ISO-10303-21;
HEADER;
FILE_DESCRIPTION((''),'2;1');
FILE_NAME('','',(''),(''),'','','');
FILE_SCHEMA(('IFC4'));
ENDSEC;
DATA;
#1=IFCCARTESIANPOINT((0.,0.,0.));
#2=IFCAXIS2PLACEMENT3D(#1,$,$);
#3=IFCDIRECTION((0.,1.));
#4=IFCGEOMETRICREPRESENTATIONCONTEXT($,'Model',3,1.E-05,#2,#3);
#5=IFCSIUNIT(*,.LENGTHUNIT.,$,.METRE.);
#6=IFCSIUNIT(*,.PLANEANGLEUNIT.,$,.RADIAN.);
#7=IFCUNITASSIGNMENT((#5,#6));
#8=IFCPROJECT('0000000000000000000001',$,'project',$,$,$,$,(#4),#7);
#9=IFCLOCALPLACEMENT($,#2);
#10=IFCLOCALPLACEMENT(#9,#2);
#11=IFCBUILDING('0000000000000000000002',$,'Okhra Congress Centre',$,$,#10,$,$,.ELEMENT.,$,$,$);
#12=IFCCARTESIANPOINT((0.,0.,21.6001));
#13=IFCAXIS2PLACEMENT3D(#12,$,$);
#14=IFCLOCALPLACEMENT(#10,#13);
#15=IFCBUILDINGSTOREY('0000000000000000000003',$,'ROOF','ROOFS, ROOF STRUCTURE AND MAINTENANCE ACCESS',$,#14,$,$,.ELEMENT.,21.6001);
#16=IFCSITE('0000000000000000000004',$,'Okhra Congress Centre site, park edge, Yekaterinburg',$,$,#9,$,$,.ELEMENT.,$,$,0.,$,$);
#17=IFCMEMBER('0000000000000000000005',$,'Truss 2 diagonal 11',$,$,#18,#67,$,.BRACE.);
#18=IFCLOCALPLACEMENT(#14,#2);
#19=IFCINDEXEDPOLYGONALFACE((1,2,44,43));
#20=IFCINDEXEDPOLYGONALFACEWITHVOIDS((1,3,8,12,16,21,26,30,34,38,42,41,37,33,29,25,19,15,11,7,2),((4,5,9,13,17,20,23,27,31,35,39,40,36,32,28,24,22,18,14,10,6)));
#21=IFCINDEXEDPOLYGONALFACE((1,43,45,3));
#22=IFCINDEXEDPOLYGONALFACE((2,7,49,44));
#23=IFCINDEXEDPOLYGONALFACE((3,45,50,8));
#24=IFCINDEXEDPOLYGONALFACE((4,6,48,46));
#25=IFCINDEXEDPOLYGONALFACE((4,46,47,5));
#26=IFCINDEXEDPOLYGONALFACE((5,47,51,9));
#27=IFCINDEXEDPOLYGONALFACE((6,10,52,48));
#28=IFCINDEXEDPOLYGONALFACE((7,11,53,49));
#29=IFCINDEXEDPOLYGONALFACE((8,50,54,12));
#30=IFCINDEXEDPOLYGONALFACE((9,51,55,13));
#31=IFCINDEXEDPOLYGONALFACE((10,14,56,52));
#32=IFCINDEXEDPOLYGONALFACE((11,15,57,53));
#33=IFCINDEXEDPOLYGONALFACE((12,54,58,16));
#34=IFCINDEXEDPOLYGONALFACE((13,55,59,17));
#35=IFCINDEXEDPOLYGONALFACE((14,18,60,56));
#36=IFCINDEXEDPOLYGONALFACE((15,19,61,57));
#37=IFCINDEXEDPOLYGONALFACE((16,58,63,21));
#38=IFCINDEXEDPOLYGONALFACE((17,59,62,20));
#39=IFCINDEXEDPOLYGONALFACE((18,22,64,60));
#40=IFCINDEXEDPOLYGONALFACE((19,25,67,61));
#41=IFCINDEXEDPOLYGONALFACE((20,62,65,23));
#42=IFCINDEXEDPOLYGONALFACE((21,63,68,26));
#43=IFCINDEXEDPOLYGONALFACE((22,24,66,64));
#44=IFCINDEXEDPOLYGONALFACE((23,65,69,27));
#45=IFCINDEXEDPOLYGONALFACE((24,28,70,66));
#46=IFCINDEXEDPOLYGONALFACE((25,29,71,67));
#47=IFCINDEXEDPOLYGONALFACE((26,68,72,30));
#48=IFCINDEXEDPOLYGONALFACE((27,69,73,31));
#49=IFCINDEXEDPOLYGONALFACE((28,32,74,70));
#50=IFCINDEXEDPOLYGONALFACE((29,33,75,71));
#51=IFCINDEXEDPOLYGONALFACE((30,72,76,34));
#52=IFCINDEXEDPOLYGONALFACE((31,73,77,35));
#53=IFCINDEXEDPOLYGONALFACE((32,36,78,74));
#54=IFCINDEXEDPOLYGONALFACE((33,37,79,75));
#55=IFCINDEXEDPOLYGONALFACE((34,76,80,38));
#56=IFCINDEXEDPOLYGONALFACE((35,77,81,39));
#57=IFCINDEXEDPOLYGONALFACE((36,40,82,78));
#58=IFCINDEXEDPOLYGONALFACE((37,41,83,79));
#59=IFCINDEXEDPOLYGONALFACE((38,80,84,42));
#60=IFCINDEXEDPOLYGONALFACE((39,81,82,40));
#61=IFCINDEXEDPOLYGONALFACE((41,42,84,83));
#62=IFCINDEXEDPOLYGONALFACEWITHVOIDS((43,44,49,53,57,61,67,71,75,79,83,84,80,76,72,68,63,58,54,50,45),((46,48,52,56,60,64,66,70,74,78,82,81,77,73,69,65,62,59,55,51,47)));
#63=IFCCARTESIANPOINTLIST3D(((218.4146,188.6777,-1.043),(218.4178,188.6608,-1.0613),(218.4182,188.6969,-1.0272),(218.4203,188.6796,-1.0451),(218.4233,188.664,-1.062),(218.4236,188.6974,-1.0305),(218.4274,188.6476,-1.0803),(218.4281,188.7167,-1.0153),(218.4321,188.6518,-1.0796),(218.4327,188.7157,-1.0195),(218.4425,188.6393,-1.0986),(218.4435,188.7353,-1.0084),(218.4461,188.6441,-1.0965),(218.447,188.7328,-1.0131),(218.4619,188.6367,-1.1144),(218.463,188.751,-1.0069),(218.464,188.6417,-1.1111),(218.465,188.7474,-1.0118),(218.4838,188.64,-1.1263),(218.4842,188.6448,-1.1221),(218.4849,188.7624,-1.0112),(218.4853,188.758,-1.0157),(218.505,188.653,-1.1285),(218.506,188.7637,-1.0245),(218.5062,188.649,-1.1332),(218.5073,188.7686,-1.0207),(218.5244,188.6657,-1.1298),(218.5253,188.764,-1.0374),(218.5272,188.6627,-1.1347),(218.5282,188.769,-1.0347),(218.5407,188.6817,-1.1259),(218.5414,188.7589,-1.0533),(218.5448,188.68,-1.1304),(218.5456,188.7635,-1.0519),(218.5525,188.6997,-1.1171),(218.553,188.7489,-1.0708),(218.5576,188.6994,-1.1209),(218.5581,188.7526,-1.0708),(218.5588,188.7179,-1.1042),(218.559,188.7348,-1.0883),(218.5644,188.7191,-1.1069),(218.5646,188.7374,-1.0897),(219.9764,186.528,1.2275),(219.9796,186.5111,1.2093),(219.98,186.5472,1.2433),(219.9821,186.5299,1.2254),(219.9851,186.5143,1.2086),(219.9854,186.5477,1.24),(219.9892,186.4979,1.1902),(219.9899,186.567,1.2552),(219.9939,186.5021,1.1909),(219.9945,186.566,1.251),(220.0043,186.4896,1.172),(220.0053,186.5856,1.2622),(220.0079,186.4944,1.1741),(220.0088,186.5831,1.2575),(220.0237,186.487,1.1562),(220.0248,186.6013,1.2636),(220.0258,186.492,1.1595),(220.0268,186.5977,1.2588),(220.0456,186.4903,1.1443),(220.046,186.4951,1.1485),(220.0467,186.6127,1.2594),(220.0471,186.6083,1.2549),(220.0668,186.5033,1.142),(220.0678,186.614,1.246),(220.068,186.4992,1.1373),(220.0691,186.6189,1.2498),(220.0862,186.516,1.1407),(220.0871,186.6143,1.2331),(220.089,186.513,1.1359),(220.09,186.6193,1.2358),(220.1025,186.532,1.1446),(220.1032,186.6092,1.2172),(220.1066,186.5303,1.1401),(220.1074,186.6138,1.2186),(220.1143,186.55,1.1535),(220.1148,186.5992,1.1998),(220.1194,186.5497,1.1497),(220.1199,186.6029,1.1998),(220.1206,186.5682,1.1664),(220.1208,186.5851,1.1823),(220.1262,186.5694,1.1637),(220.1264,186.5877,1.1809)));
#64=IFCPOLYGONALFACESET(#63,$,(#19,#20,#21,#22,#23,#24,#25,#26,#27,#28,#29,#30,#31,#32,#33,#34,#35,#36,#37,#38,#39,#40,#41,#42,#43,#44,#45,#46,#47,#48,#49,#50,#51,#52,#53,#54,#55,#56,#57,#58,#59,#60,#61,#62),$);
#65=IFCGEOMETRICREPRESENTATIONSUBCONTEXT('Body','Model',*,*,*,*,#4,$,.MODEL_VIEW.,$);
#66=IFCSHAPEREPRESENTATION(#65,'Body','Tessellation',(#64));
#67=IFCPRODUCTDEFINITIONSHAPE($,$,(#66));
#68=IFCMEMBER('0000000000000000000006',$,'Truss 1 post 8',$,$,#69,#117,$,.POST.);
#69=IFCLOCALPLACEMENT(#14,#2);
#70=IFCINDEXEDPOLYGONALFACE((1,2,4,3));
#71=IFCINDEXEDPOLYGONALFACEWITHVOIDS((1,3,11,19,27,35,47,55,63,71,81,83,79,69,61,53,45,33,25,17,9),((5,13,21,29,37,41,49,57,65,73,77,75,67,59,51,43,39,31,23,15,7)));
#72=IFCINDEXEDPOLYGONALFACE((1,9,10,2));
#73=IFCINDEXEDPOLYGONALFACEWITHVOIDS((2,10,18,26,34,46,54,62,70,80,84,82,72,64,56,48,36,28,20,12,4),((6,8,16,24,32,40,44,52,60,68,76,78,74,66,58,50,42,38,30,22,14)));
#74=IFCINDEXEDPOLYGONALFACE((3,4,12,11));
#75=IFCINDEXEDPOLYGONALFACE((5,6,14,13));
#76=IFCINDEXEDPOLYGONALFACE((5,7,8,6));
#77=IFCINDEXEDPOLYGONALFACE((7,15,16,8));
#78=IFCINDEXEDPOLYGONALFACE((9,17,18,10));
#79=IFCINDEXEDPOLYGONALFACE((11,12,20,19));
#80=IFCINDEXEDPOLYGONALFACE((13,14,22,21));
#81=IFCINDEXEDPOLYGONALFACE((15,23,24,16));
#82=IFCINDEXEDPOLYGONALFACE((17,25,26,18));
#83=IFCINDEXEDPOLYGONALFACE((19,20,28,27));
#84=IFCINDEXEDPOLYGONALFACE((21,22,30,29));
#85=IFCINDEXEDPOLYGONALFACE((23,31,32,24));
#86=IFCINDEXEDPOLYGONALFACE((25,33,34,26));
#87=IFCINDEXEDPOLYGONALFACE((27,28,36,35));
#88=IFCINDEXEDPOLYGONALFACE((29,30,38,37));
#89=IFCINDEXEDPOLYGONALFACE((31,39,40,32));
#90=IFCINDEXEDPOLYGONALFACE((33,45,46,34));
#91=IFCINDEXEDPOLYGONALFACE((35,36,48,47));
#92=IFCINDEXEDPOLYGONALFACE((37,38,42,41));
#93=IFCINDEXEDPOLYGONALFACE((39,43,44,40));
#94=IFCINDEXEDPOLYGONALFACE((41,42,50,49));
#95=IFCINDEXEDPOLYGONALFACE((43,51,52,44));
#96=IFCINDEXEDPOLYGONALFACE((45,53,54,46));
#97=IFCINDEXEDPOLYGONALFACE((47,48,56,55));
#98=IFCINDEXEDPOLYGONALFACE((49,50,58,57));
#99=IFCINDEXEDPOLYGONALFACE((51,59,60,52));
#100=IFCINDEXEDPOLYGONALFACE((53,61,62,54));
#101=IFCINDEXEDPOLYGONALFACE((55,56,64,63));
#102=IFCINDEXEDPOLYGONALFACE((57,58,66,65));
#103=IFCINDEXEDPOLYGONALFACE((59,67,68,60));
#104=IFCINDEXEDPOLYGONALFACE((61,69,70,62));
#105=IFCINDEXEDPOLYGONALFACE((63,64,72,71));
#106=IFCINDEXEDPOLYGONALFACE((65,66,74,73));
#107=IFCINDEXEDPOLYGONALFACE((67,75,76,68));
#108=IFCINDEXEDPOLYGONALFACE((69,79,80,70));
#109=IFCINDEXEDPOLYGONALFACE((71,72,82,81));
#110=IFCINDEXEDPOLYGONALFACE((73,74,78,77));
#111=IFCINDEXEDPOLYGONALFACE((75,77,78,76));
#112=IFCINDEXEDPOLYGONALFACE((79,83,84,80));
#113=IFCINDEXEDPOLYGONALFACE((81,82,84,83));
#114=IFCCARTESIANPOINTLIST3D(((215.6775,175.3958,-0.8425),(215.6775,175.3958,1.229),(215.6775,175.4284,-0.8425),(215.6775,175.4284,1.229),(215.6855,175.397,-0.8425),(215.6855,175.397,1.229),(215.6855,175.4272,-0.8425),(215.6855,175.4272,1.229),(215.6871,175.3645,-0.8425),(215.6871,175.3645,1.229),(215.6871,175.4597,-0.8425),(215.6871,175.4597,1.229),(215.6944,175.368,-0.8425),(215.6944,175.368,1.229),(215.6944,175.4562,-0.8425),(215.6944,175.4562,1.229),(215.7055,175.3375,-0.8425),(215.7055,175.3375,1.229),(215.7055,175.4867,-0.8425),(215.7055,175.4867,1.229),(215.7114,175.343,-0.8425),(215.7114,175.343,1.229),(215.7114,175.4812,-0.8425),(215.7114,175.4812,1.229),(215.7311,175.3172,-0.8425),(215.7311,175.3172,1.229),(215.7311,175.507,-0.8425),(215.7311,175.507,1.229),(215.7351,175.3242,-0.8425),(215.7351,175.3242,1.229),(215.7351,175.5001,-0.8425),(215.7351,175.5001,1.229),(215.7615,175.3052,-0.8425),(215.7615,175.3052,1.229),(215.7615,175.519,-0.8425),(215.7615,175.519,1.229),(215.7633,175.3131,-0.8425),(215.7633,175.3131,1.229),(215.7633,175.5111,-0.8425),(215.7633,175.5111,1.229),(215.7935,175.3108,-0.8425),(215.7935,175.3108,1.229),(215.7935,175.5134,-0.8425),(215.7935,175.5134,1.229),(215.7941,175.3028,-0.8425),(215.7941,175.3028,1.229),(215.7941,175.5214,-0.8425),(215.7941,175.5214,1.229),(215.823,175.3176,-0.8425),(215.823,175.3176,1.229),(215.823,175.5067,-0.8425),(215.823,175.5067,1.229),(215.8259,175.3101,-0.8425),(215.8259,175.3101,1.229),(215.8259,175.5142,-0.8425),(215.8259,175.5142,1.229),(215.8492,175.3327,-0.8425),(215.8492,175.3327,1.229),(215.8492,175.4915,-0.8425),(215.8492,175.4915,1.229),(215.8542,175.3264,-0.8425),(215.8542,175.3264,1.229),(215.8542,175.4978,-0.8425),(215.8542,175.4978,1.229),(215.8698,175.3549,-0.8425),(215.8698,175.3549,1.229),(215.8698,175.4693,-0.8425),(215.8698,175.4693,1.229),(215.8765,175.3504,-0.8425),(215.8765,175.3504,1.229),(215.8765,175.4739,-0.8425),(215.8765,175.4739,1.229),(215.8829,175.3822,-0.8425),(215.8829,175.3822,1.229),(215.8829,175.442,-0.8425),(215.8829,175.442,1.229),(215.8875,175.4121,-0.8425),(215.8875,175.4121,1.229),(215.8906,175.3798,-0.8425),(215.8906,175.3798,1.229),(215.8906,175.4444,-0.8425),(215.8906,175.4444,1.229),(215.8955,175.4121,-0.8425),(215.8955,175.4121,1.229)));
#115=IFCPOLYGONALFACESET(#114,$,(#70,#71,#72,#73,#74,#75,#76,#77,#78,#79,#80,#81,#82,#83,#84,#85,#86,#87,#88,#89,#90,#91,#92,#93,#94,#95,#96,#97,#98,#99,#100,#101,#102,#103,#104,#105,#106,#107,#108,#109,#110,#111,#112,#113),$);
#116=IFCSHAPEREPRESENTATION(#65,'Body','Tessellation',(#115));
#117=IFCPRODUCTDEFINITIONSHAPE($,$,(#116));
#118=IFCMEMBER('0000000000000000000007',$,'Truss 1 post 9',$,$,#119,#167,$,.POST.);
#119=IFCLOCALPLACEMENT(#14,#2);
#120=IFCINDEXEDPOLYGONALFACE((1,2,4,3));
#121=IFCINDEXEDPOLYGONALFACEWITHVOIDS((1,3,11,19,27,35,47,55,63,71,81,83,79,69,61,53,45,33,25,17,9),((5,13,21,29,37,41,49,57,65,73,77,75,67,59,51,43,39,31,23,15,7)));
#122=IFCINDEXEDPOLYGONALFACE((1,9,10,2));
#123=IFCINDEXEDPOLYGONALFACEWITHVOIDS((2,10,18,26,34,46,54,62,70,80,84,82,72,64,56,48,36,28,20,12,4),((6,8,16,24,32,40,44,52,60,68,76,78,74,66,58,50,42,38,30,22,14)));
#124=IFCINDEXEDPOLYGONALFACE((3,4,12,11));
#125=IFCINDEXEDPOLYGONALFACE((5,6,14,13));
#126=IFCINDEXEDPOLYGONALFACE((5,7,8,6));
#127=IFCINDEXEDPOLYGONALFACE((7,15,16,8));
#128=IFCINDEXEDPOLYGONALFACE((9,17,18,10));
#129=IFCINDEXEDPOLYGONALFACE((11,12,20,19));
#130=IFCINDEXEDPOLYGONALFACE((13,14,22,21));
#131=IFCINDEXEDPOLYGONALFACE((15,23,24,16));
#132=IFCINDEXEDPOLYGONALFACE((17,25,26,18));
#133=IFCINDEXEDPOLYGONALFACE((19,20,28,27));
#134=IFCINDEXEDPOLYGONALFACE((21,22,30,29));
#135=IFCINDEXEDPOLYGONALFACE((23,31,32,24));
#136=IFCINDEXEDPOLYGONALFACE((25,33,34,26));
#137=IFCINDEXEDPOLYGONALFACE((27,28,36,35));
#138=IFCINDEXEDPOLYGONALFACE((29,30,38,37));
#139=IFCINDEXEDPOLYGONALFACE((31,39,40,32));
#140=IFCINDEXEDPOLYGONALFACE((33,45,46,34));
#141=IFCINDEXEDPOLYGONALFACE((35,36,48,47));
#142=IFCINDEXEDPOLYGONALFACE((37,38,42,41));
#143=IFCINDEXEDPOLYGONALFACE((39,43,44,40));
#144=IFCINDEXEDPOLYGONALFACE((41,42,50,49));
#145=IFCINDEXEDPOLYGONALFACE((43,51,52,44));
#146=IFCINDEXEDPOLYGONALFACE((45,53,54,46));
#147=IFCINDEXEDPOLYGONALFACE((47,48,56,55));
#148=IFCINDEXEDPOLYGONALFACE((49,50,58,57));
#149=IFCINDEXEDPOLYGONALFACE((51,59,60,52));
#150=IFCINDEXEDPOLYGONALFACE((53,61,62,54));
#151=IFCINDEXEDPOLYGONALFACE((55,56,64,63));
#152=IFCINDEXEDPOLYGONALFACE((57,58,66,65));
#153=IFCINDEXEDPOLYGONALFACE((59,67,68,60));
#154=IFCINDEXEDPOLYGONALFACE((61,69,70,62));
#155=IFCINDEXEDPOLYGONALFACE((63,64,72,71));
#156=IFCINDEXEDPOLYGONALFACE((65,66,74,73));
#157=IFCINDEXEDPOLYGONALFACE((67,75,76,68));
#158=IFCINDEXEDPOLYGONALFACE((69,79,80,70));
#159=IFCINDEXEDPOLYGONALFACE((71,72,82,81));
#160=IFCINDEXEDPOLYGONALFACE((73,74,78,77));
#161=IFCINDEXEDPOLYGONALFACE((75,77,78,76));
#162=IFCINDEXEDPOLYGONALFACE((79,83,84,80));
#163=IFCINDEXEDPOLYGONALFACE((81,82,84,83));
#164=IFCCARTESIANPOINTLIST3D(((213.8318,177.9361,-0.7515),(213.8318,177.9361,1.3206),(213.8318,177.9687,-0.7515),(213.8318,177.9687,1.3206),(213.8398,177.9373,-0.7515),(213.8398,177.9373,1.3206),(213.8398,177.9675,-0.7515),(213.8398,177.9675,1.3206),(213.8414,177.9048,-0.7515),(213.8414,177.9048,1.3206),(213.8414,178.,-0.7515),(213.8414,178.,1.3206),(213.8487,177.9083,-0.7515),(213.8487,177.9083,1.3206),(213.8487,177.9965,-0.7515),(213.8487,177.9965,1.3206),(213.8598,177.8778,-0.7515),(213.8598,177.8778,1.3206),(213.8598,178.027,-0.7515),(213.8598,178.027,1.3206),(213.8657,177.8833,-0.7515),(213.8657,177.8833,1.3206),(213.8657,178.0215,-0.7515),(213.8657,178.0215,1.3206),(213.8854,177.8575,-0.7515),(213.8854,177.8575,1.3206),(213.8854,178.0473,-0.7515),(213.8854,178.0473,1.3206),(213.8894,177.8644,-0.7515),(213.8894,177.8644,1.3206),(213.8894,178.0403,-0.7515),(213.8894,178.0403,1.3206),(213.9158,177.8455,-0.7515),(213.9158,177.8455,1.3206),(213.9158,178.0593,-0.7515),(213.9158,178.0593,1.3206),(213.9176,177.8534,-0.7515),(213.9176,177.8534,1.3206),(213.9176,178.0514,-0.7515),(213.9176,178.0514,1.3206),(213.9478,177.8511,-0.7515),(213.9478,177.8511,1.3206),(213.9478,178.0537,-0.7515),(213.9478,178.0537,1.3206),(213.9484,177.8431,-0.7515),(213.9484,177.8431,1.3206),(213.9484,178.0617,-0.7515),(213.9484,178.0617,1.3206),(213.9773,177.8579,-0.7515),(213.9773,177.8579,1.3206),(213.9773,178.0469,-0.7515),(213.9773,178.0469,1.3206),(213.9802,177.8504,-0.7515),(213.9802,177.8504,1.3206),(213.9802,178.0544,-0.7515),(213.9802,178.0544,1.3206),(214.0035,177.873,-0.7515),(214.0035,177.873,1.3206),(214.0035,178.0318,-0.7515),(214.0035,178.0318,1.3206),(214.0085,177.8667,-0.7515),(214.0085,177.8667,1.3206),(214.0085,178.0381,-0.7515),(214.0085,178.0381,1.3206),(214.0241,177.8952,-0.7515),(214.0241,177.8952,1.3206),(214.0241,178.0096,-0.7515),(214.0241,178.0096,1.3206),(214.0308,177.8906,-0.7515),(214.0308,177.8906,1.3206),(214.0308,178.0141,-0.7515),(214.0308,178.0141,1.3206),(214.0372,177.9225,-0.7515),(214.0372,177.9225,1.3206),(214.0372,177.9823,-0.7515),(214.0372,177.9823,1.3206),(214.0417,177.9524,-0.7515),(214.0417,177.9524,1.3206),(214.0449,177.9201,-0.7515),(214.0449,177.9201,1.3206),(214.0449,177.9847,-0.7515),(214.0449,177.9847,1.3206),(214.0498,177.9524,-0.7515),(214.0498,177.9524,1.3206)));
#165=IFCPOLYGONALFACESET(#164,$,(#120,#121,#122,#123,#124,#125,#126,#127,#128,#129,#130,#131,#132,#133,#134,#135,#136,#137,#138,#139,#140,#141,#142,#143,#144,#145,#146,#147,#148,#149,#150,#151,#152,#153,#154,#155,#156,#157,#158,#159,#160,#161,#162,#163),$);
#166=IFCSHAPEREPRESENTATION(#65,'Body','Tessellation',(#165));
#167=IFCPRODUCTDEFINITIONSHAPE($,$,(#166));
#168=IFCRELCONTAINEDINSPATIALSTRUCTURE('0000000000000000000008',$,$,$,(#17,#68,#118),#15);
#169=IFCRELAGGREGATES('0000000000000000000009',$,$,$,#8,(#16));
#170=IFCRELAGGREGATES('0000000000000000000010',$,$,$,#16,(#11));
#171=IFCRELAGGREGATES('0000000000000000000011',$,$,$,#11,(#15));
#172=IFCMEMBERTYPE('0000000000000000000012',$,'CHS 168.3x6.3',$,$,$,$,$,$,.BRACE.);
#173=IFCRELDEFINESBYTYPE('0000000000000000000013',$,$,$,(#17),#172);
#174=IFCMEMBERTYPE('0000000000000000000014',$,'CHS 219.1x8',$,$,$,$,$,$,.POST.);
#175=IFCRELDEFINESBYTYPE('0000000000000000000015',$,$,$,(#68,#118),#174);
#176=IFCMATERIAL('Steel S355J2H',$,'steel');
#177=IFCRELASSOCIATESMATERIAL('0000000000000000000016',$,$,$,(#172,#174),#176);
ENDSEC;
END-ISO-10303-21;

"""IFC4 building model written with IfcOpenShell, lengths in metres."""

from ifc_helpers import new_model, si_unit, direction, frame, origin, origin_2d, place, context, subcontext, project, spatial, hollow_circle, extrude, material, material_profile, profile_set, type_object, element, save


model = new_model("IFC4")

# Units and contexts
model_context = context("Model", 3, precision=1e-05, world=origin(), true_north=direction((0.0, 1.0)))
body_context = subcontext(model_context, "Body", "Model", "MODEL_VIEW")
ifc_project = project(units=[si_unit("LENGTHUNIT", "METRE"), si_unit("PLANEANGLEUNIT", "RADIAN")], contexts=[model_context])

# Site, building, storey
site_placement = place(None, origin())
site = spatial("IfcSite", under=ifc_project, at=site_placement, Name="Okhra Congress Centre site, park edge, Yekaterinburg", CompositionType="ELEMENT", RefElevation=0.0)
building_placement = place(site_placement, origin())
building = spatial("IfcBuilding", under=site, at=building_placement, Name="Okhra Congress Centre", CompositionType="ELEMENT")
storey_placement = place(building_placement, frame((0.0, 0.0, 21.6001)))
storey = spatial("IfcBuildingStorey", under=building, at=storey_placement, Name="ROOF", Description="ROOFS, ROOF STRUCTURE AND MAINTENANCE ACCESS", CompositionType="ELEMENT", Elevation=21.6001)

# Members
ifc_material_1 = material(Name="Steel S355J2H", Category="steel")
ifc_material_profile_1 = material_profile(ifc_material_1, hollow_circle(Radius=0.0842, WallThickness=0.0063, at=origin_2d()), Name="CHS 168.3x6.3")
ifc_profile_set_1 = profile_set([ifc_material_profile_1], Name="Steel S355J2H")
member_type_1 = type_object("IfcMemberType", Name="CHS 168.3x6.3", PredefinedType="BRACE", material=ifc_profile_set_1)
member_1_placement = place(storey_placement, frame((218.49, 188.7031, -1.0708), z_axis=(0.446852, -0.615058, 0.649636), x_axis=(0.809026, 0.587773, 0.0)))
element("IfcMember", 1, at=member_1_placement, inside=storey, type_object=member_type_1, Name="Truss 2 diagonal 11", PredefinedType="BRACE", context=body_context, shape_type="SweptSolid", body=[
    extrude(hollow_circle(Radius=0.0842, WallThickness=0.0063, at=origin_2d()), origin(), (0.0, 0.0, 1.0), 3.4951),
])
ifc_material_profile_2 = material_profile(ifc_material_1, hollow_circle(Radius=0.1096, WallThickness=0.0081, at=origin_2d()), Name="CHS 219.1x8")
ifc_profile_set_2 = profile_set([ifc_material_profile_2], Name="Steel S355J2H")
member_type_2 = type_object("IfcMemberType", Name="CHS 219.1x8", PredefinedType="POST", material=ifc_profile_set_2)
member_2_placement = place(storey_placement, frame((215.7859, 175.4121, -0.8425), z_axis=(0.0, 0.0, 1.0), x_axis=(1.0, 0.0, 0.0)))
element("IfcMember", 2, at=member_2_placement, inside=storey, type_object=member_type_2, Name="Truss 1 post 8", PredefinedType="POST", context=body_context, shape_type="SweptSolid", body=[
    extrude(hollow_circle(Radius=0.1096, WallThickness=0.0081, at=origin_2d()), origin(), (0.0, 0.0, 1.0), 2.0715),
])
member_3_placement = place(storey_placement, frame((213.9402, 177.9524, -0.7515), z_axis=(0.0, 0.0, 1.0), x_axis=(1.0, 0.0, 0.0)))
element("IfcMember", 3, at=member_3_placement, inside=storey, type_object=member_type_2, Name="Truss 1 post 9", PredefinedType="POST", context=body_context, shape_type="SweptSolid", body=[
    extrude(hollow_circle(Radius=0.1096, WallThickness=0.0081, at=origin_2d()), origin(), (0.0, 0.0, 1.0), 2.072),
])

save(model, "model.ifc")
